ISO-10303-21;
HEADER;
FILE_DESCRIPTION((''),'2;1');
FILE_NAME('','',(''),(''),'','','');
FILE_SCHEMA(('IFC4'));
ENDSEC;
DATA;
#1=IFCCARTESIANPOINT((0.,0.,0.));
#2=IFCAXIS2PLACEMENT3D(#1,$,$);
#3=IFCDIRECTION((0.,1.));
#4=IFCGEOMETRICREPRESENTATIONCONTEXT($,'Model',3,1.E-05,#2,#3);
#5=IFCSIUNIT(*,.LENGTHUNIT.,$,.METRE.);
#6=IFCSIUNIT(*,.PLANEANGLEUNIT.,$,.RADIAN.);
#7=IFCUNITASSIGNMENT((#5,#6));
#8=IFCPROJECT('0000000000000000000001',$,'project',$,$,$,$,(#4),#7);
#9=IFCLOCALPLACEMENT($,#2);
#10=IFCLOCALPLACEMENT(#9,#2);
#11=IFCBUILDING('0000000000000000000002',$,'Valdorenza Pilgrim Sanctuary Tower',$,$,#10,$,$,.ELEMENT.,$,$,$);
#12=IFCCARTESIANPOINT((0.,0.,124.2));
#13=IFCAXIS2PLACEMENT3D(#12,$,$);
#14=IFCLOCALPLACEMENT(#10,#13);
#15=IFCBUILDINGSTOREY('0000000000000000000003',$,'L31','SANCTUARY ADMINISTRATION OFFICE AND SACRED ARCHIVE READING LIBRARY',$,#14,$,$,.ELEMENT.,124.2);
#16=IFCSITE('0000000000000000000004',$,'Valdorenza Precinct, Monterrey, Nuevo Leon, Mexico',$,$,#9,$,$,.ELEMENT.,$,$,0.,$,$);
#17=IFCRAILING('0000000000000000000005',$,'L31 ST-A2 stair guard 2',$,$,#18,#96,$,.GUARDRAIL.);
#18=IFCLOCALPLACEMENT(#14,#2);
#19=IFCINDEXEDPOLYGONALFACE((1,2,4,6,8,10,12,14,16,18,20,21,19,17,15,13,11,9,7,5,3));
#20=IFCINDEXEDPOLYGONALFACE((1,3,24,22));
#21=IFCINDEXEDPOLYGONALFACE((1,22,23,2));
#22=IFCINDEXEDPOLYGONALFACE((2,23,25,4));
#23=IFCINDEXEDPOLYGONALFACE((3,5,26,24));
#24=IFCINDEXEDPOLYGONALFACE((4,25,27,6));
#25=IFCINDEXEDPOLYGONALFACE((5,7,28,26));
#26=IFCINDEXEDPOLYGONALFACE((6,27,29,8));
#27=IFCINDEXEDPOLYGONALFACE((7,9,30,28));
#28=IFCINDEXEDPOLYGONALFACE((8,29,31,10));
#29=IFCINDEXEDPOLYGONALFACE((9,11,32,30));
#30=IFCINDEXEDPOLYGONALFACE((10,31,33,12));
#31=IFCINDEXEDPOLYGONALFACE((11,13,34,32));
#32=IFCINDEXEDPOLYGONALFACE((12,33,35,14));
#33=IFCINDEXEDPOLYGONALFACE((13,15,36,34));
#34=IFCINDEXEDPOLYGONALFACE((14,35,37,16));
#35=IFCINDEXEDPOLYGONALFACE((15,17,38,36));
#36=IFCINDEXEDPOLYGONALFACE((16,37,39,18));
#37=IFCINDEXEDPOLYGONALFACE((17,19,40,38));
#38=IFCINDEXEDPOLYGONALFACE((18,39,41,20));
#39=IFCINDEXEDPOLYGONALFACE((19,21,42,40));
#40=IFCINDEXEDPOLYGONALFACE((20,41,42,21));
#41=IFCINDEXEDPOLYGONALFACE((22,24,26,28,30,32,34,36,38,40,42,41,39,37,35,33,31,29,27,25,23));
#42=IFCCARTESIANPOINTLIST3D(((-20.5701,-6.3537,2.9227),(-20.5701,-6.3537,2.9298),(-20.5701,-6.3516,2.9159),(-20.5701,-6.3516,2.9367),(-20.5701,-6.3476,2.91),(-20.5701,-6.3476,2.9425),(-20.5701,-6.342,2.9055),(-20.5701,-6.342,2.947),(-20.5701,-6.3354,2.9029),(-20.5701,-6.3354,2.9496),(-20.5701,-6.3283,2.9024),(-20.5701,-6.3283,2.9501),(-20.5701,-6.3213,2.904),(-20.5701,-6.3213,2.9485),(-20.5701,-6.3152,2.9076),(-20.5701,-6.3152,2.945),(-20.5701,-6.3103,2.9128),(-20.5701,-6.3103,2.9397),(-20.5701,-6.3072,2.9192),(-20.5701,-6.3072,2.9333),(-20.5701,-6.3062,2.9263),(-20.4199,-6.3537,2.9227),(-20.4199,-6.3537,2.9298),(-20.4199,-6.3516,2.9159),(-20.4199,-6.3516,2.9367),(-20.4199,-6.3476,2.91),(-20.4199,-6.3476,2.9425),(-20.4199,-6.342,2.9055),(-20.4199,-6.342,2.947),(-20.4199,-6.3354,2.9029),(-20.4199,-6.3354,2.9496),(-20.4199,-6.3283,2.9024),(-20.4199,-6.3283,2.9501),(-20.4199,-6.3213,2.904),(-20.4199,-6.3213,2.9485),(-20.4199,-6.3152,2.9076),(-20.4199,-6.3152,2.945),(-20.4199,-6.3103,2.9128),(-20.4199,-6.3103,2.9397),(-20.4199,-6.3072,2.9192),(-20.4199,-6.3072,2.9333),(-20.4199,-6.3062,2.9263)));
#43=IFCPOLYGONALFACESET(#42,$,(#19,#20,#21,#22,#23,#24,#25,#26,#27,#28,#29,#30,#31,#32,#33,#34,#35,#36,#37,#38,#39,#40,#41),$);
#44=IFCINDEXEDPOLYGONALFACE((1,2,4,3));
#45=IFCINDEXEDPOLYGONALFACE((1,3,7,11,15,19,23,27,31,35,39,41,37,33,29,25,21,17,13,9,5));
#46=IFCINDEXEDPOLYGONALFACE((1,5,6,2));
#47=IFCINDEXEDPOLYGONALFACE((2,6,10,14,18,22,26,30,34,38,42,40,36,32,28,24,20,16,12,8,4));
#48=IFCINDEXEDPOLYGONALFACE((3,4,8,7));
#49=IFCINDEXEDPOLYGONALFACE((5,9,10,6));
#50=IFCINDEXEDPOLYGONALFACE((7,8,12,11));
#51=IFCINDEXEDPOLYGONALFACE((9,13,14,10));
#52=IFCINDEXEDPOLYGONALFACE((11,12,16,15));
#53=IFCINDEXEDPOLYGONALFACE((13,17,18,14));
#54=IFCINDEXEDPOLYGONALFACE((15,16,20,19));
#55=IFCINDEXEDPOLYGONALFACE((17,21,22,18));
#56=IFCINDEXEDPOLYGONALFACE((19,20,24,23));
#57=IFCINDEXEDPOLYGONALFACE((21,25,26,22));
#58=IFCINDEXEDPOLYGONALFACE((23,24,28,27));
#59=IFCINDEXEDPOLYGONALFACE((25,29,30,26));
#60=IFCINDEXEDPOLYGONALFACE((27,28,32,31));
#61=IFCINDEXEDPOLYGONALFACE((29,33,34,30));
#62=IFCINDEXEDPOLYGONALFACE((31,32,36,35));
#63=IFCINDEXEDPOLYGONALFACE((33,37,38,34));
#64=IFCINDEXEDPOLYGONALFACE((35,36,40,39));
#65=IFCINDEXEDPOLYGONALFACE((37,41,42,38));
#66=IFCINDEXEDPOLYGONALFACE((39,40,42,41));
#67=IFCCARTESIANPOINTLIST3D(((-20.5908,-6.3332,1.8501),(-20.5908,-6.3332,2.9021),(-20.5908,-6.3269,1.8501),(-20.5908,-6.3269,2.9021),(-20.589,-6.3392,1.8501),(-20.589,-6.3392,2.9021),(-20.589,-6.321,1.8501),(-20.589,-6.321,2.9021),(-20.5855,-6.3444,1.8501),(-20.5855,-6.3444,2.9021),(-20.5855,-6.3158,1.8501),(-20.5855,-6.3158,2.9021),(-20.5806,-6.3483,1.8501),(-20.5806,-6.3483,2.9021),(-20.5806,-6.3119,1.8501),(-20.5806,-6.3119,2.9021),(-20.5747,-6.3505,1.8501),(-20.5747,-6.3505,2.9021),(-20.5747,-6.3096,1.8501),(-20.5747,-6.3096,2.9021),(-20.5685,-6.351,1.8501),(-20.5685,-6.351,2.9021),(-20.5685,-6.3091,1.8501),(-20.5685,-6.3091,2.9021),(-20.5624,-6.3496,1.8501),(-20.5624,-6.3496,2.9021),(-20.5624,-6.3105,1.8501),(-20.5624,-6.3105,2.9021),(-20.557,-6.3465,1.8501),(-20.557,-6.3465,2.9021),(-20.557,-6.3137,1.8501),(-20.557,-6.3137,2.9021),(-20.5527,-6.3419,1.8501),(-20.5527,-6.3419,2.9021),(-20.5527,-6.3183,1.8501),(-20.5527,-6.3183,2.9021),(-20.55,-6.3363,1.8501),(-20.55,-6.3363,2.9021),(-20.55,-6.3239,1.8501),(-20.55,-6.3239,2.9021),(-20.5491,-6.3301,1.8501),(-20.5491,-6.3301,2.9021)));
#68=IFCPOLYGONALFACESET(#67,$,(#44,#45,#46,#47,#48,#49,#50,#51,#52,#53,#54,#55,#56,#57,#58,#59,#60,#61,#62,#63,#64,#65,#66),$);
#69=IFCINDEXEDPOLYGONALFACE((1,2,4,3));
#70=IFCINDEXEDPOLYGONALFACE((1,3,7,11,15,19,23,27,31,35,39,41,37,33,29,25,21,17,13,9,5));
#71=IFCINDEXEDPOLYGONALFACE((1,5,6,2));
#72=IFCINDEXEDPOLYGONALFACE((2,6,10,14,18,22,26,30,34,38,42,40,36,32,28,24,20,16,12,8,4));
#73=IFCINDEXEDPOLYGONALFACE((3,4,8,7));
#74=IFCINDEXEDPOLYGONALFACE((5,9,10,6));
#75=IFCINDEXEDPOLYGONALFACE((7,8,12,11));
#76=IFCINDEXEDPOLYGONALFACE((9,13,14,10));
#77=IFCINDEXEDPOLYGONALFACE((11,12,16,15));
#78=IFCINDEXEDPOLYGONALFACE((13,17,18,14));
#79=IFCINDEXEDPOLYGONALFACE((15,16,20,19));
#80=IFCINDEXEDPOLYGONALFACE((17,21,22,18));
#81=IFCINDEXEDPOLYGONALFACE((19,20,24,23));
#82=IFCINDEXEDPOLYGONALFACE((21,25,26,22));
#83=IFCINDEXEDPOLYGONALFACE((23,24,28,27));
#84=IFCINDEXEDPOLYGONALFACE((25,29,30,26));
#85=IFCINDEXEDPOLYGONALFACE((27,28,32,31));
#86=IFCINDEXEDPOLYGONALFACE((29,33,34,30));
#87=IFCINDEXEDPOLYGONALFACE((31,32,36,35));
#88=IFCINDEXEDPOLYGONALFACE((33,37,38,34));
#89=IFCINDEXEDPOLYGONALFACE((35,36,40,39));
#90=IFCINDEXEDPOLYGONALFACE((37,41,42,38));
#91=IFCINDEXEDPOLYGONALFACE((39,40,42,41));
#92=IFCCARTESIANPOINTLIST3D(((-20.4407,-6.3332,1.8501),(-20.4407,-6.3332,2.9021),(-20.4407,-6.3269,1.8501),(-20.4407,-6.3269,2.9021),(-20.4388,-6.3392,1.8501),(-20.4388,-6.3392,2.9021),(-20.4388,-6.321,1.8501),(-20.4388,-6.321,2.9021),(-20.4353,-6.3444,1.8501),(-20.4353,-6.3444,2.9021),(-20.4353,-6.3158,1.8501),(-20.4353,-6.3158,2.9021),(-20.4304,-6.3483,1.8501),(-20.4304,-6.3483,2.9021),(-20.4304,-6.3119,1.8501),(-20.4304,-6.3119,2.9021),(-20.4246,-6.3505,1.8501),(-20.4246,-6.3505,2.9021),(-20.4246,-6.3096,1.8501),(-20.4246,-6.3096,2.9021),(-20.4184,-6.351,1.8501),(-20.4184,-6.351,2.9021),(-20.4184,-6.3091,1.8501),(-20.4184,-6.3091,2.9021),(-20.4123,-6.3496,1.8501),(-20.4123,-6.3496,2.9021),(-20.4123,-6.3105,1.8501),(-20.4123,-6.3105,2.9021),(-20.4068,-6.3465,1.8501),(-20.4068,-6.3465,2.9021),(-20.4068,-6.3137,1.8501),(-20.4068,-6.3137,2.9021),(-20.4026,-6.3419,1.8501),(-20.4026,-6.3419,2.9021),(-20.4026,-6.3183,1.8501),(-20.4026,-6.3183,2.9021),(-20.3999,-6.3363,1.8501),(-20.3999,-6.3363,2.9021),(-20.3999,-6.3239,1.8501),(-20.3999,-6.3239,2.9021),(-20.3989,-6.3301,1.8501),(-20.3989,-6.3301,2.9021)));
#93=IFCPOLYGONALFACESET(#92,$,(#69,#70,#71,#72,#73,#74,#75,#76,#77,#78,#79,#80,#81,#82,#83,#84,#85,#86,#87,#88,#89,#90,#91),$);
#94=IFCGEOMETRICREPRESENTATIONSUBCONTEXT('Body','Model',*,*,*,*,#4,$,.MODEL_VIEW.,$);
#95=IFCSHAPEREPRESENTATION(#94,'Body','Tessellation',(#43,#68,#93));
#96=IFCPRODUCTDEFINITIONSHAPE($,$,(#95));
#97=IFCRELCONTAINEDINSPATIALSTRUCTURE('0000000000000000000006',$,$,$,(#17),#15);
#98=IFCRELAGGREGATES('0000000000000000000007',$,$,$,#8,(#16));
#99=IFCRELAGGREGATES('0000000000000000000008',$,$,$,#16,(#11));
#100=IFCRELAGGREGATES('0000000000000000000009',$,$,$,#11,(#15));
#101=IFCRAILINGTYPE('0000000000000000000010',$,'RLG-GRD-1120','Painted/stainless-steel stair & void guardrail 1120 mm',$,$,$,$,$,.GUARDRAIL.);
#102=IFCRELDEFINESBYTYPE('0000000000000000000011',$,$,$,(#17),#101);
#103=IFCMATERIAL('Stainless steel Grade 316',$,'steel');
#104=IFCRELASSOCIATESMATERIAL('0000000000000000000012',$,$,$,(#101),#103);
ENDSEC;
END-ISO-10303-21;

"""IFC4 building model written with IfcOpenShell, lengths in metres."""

from ifc_helpers import new_model, si_unit, direction, frame, origin, origin_2d, place, context, subcontext, project, spatial, circle, extrude, material, type_object, element, save


model = new_model("IFC4")

# Units and contexts
model_context = context("Model", 3, precision=1e-05, world=origin(), true_north=direction((0.0, 1.0)))
body_context = subcontext(model_context, "Body", "Model", "MODEL_VIEW")
ifc_project = project(units=[si_unit("LENGTHUNIT", "METRE"), si_unit("PLANEANGLEUNIT", "RADIAN")], contexts=[model_context])

# Site, building, storey
site_placement = place(None, origin())
site = spatial("IfcSite", under=ifc_project, at=site_placement, Name="Valdorenza Precinct, Monterrey, Nuevo Leon, Mexico", CompositionType="ELEMENT", RefElevation=0.0)
building_placement = place(site_placement, origin())
building = spatial("IfcBuilding", under=site, at=building_placement, Name="Valdorenza Pilgrim Sanctuary Tower", CompositionType="ELEMENT")
storey_placement = place(building_placement, frame((0.0, 0.0, 124.2)))
storey = spatial("IfcBuildingStorey", under=building, at=storey_placement, Name="L31", Description="SANCTUARY ADMINISTRATION OFFICE AND SACRED ARCHIVE READING LIBRARY", CompositionType="ELEMENT", Elevation=124.2)

# Railing
ifc_material_1 = material(Name="Stainless steel Grade 316", Category="steel")
railing_type_1 = type_object("IfcRailingType", Name="RLG-GRD-1120", Description="Painted/stainless-steel stair & void guardrail 1120 mm", PredefinedType="GUARDRAIL", material=ifc_material_1)
railing_1_placement = place(storey_placement, frame((-20.5701, -6.3301, 1.8501)))
element("IfcRailing", 1, at=railing_1_placement, inside=storey, type_object=railing_type_1, Name="L31 ST-A2 stair guard 2", PredefinedType="GUARDRAIL", context=body_context, shape_type="SweptSolid", body=[
    extrude(circle(Radius=0.0239, at=origin_2d()), frame((0.0, 0.0, 1.0762), z_axis=(1.0, 0.0, 0.0), x_axis=(0.0, 1.0, 0.0)), (0.0, 0.0, 1.0), 0.1501),
    extrude(circle(Radius=0.021, at=origin_2d()), origin(), (0.0, 0.0, 1.0), 1.052),
    extrude(circle(Radius=0.021, at=origin_2d()), frame((0.1501, 0.0, 0.0)), (0.0, 0.0, 1.0), 1.052),
])

save(model, "model.ifc")
